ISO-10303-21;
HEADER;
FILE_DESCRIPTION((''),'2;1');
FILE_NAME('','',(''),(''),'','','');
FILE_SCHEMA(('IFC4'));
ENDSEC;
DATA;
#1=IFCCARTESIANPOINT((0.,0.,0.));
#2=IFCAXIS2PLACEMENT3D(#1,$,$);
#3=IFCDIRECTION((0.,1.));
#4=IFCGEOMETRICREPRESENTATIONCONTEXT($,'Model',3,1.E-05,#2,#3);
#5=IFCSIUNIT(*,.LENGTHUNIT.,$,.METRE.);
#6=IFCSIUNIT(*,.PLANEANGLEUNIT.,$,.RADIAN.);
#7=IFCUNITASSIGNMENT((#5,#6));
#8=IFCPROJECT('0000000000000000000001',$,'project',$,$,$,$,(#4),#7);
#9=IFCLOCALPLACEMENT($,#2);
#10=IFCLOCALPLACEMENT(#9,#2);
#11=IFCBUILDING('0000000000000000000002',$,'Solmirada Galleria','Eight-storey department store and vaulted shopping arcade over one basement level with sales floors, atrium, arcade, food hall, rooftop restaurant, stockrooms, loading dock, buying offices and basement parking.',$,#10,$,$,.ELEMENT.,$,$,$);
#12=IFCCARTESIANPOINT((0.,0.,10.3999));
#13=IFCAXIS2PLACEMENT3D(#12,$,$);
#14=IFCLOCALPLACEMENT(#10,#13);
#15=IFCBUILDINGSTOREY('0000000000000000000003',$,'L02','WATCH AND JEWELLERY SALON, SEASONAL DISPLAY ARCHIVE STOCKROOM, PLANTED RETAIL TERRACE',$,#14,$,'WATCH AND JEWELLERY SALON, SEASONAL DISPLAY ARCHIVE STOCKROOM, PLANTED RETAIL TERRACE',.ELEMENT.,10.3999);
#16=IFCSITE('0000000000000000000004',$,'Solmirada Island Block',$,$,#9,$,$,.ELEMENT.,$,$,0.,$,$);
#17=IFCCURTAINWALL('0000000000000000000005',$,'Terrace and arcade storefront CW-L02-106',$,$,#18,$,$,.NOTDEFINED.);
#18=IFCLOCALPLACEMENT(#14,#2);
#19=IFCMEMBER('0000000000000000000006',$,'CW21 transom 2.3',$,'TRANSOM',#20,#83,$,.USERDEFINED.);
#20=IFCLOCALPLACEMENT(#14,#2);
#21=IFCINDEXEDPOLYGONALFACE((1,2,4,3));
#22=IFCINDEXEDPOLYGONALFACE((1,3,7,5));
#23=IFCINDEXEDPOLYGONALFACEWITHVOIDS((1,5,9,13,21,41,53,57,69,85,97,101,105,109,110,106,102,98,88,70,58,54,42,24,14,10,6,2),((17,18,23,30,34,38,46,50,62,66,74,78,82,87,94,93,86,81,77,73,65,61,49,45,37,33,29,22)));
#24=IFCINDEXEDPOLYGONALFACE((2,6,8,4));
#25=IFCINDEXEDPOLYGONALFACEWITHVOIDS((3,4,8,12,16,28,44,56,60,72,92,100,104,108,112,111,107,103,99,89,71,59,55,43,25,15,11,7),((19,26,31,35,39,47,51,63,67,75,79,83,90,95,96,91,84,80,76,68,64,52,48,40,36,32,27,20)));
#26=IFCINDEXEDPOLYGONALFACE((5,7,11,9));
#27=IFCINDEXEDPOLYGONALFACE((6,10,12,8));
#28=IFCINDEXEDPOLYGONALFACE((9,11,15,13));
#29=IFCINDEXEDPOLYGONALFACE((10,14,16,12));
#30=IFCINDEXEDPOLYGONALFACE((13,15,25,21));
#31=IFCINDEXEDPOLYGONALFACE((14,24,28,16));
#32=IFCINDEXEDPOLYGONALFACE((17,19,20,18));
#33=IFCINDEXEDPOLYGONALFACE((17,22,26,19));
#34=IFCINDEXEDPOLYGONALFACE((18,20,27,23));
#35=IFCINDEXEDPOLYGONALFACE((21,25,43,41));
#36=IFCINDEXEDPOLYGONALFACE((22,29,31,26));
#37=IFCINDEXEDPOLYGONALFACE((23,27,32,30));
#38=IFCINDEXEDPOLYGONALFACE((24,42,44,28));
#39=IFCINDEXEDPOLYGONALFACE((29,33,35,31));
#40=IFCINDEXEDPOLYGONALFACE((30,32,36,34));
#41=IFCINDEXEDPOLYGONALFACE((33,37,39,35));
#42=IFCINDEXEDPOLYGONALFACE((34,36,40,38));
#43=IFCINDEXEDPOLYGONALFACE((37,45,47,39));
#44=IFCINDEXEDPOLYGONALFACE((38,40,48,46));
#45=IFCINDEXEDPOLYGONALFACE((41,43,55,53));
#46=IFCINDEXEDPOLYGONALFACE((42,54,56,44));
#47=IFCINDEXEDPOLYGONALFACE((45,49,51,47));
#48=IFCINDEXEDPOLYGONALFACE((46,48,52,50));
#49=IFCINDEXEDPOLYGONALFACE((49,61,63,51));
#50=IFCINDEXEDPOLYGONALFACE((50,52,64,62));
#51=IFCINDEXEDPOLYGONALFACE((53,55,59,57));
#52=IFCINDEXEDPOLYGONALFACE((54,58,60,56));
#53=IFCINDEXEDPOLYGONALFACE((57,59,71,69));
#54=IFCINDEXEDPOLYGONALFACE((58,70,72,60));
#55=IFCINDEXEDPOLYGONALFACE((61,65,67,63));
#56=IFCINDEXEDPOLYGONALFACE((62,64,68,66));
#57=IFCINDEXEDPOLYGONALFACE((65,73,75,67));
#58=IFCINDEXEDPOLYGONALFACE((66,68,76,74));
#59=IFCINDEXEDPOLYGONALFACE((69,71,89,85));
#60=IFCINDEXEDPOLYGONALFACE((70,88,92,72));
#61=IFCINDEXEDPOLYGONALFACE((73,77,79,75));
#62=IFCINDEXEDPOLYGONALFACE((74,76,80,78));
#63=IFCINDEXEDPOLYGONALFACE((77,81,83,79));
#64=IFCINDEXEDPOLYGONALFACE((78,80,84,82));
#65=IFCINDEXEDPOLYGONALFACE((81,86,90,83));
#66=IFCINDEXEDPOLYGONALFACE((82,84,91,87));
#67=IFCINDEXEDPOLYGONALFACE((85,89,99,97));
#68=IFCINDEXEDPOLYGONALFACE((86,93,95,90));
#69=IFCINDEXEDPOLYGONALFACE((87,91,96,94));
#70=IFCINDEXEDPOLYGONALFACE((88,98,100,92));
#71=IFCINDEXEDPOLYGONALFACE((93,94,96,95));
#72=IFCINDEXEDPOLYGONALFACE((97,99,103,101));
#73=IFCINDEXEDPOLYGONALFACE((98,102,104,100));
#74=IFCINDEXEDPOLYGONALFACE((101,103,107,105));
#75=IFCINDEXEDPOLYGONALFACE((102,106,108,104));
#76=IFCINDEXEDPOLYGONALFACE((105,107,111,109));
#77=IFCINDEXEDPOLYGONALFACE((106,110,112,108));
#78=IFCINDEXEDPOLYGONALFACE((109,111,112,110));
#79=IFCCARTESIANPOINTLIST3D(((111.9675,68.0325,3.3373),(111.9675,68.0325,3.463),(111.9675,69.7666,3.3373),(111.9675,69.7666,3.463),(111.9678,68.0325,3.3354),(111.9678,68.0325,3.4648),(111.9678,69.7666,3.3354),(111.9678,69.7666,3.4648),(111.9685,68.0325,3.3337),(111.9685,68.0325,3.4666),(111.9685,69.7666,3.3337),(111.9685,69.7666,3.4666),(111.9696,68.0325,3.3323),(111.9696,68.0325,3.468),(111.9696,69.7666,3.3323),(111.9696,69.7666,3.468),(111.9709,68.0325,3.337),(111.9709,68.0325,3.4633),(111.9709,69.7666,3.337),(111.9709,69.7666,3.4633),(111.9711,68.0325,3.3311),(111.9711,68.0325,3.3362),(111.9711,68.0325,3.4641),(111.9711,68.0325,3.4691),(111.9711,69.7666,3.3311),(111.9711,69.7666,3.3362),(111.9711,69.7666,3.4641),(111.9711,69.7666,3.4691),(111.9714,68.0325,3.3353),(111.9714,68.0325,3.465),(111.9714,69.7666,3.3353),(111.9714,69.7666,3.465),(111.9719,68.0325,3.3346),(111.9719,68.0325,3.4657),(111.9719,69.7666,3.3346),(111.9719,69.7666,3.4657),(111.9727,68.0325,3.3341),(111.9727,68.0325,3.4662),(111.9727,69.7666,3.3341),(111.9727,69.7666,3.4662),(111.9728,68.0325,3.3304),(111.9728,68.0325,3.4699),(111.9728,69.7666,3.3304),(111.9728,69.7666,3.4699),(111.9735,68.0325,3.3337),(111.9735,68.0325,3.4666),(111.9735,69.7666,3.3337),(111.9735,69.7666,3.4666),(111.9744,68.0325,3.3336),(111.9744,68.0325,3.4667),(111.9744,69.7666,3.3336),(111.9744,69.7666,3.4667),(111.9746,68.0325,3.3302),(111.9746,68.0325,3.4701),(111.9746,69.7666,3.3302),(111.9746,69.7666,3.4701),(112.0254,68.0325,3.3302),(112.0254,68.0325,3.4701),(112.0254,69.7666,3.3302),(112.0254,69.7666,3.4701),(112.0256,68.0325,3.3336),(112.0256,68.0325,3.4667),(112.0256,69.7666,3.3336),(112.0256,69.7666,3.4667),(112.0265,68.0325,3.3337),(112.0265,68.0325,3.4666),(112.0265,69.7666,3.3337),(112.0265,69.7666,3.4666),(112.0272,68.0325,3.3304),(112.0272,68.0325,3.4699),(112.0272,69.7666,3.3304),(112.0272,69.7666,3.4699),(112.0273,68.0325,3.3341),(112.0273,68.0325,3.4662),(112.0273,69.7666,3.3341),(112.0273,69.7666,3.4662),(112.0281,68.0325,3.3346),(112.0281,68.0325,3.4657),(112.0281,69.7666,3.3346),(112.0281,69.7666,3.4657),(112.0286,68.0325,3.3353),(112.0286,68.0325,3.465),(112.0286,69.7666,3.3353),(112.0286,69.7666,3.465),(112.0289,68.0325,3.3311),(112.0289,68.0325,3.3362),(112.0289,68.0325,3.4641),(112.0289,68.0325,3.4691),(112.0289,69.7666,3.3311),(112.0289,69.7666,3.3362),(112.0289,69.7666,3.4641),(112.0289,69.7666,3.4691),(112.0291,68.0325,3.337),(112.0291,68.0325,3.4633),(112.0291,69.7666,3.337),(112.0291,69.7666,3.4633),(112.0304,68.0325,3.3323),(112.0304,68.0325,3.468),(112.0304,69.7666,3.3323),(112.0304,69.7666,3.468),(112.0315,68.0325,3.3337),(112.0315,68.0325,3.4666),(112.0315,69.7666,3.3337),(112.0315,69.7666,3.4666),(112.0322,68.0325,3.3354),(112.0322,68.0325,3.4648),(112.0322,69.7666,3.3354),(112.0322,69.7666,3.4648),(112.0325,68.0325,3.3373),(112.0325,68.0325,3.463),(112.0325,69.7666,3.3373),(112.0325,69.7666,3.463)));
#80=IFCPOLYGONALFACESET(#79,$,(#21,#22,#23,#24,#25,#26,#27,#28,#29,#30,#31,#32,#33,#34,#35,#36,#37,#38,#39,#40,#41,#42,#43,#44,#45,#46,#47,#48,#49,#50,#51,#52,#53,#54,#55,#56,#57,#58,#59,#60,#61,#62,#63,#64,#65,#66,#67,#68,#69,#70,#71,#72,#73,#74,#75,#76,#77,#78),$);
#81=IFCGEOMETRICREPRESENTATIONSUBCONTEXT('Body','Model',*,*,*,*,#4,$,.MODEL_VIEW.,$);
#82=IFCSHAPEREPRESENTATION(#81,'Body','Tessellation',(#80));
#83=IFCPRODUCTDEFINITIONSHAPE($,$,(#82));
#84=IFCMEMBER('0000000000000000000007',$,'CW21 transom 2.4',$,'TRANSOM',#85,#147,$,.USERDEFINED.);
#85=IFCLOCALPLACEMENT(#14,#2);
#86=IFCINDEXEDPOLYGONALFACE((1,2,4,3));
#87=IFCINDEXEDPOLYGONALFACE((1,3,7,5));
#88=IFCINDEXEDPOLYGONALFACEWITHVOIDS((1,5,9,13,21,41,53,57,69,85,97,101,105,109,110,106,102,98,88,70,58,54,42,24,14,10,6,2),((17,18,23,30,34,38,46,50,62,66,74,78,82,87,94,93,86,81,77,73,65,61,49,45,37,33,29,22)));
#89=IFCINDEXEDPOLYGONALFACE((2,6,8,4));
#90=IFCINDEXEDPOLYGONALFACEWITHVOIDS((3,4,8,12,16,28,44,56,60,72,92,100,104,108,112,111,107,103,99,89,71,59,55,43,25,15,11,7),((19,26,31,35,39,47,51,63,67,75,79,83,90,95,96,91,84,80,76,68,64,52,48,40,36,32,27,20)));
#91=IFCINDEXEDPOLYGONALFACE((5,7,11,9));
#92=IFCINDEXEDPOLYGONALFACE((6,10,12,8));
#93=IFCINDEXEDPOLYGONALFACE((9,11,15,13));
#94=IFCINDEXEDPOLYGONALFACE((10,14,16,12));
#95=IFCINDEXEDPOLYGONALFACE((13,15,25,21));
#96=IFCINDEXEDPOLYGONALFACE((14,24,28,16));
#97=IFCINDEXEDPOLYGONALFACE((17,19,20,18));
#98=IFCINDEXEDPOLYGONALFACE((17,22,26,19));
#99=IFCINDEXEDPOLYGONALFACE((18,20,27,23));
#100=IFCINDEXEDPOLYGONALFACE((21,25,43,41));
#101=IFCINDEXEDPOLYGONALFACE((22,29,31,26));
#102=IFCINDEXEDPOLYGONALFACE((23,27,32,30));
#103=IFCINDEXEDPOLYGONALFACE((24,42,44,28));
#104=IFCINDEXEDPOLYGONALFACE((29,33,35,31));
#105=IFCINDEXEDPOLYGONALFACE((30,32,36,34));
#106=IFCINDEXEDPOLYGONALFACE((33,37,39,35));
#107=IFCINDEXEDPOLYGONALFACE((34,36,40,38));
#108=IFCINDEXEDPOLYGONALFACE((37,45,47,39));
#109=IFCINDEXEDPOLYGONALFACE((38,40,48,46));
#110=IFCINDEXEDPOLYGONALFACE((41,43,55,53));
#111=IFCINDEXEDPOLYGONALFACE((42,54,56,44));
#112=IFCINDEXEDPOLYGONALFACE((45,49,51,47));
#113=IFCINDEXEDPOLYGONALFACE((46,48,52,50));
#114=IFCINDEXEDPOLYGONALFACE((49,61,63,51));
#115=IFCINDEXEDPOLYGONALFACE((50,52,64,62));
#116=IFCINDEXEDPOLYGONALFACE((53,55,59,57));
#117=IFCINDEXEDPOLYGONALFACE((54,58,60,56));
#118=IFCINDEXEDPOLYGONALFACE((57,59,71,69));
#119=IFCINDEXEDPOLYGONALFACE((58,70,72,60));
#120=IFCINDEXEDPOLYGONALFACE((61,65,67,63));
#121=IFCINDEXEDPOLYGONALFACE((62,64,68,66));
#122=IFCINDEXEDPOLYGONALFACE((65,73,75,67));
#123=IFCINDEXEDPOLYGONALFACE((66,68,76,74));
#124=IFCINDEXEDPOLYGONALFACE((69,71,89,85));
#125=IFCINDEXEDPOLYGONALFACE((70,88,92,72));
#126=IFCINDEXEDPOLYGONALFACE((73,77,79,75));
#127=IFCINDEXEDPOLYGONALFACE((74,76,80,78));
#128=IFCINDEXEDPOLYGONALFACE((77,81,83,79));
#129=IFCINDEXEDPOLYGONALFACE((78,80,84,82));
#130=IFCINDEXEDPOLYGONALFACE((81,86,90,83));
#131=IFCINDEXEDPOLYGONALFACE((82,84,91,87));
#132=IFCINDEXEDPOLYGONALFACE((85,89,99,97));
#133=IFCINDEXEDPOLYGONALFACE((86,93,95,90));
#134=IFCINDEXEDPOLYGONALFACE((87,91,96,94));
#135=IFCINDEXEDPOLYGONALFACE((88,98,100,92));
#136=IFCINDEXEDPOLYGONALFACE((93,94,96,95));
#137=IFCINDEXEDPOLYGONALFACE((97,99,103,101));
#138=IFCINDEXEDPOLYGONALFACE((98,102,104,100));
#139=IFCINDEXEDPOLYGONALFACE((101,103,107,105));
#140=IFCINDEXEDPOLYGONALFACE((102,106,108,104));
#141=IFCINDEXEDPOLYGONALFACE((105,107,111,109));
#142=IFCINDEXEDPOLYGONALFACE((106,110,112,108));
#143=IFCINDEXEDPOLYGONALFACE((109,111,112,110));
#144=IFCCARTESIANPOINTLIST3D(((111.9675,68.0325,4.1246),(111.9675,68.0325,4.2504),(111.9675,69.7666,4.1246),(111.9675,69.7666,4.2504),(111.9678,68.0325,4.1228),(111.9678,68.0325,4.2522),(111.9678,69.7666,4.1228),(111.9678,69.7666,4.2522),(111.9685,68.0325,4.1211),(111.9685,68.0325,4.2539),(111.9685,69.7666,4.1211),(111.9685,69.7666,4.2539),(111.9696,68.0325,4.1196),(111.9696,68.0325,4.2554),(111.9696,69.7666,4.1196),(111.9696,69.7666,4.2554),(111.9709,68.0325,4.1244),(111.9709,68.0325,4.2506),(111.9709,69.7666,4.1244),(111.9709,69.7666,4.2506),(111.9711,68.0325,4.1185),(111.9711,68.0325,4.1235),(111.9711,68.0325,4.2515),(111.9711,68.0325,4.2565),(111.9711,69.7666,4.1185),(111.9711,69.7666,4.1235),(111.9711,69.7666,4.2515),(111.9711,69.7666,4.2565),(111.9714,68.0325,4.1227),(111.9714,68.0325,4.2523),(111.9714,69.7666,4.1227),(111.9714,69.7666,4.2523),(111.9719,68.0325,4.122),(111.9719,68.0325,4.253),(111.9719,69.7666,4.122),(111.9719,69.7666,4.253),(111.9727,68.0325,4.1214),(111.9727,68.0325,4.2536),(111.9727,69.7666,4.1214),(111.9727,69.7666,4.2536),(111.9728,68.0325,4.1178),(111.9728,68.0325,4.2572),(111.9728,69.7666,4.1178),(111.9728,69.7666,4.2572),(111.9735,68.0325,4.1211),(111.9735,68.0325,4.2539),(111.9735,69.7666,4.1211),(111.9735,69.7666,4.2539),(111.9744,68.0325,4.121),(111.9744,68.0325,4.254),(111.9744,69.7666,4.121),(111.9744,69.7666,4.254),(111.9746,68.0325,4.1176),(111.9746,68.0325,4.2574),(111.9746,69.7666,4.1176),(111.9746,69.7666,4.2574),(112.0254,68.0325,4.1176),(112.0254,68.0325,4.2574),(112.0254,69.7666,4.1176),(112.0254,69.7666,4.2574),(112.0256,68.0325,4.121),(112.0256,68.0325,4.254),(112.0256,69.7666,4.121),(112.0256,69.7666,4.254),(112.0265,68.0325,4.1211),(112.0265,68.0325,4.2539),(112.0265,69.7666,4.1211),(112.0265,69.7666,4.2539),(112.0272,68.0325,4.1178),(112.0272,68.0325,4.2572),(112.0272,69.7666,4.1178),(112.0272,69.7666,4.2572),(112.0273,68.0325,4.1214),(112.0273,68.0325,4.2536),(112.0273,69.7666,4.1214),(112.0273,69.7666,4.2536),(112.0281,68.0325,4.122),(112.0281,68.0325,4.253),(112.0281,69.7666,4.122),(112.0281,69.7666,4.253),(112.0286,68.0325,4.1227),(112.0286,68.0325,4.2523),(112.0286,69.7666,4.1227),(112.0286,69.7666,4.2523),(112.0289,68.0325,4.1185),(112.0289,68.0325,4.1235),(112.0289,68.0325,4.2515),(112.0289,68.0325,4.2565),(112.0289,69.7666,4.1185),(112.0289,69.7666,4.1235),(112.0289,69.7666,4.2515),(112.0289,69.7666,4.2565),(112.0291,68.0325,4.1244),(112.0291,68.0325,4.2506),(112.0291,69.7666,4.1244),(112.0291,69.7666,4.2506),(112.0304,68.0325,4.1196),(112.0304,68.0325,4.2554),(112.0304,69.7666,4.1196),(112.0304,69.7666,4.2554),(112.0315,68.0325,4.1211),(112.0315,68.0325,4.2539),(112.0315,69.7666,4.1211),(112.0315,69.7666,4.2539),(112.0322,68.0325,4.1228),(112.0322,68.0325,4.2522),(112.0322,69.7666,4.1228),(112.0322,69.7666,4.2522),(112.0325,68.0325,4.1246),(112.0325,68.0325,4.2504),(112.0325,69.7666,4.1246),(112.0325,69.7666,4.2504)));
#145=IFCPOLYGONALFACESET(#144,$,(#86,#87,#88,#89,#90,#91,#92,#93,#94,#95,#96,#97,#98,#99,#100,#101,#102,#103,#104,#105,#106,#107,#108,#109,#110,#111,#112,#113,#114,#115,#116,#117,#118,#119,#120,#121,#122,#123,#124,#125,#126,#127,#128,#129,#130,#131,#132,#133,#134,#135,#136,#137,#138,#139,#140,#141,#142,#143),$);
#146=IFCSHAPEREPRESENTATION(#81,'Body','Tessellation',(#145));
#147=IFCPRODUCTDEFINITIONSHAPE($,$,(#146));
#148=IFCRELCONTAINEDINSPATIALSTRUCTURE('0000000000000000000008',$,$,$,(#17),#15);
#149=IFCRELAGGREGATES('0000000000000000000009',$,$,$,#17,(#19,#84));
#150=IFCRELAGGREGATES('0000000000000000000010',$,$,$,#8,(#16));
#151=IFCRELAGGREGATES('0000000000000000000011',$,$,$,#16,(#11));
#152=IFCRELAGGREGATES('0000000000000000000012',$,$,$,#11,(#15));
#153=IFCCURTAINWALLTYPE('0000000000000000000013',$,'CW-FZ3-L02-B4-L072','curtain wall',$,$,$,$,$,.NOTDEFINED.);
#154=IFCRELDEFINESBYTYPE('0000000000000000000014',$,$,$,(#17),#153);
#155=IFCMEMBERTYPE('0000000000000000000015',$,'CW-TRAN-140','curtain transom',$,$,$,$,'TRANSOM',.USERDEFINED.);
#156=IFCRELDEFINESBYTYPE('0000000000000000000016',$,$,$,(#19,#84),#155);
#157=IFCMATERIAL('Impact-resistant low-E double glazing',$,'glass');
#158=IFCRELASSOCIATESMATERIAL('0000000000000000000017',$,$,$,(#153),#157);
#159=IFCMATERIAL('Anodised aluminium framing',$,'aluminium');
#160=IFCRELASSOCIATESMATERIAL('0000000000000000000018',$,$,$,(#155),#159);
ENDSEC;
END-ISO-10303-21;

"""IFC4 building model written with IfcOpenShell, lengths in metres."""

from ifc_helpers import new_model, si_unit, direction, frame, origin, origin_2d, place, context, subcontext, project, spatial, hollow_rectangle, extrude, material, material_profile, profile_set, type_object, element, aggregate, save


model = new_model("IFC4")

# Units and contexts
model_context = context("Model", 3, precision=1e-05, world=origin(), true_north=direction((0.0, 1.0)))
body_context = subcontext(model_context, "Body", "Model", "MODEL_VIEW")
ifc_project = project(units=[si_unit("LENGTHUNIT", "METRE"), si_unit("PLANEANGLEUNIT", "RADIAN")], contexts=[model_context])

# Site, building, storey
site_placement = place(None, origin())
site = spatial("IfcSite", under=ifc_project, at=site_placement, Name="Solmirada Island Block", CompositionType="ELEMENT", RefElevation=0.0)
building_placement = place(site_placement, origin())
building = spatial("IfcBuilding", under=site, at=building_placement, Name="Solmirada Galleria", Description="Eight-storey department store and vaulted shopping arcade over one basement level with sales floors, atrium, arcade, food hall, rooftop restaurant, stockrooms, loading dock, buying offices and basement parking.", CompositionType="ELEMENT")
storey_placement = place(building_placement, frame((0.0, 0.0, 10.3999)))
storey = spatial("IfcBuildingStorey", under=building, at=storey_placement, Name="L02", Description="WATCH AND JEWELLERY SALON, SEASONAL DISPLAY ARCHIVE STOCKROOM, PLANTED RETAIL TERRACE", LongName="WATCH AND JEWELLERY SALON, SEASONAL DISPLAY ARCHIVE STOCKROOM, PLANTED RETAIL TERRACE", CompositionType="ELEMENT", Elevation=10.3999)

# Curtain wall, members
ifc_material_1 = material(Name="Impact-resistant low-E double glazing", Category="glass")
curtain_wall_type = type_object("IfcCurtainWallType", Name="CW-FZ3-L02-B4-L072", Description="curtain wall", PredefinedType="NOTDEFINED", material=ifc_material_1)
curtain_wall_1_placement = place(storey_placement, origin())
curtain_wall_1 = element("IfcCurtainWall", 1, at=curtain_wall_1_placement, inside=storey, type_object=curtain_wall_type, Name="Terrace and arcade storefront CW-L02-106", PredefinedType="NOTDEFINED")
ifc_material_2 = material(Name="Anodised aluminium framing", Category="aluminium")
ifc_material_profile_1 = material_profile(ifc_material_2, hollow_rectangle(XDim=0.0649, YDim=0.1399, WallThickness=0.0034, InnerFilletRadius=0.0034, OuterFilletRadius=0.0071, at=origin_2d()), Name="ALU-TRAN-140X65")
ifc_profile_set_1 = profile_set([ifc_material_profile_1], Name="Anodised aluminium framing")
member_type_1 = type_object("IfcMemberType", Name="CW-TRAN-140", Description="curtain transom", ElementType="TRANSOM", PredefinedType="USERDEFINED", material=ifc_profile_set_1)
member_1_placement = place(storey_placement, frame((112.0, 69.7666, 3.4001), z_axis=(0.0, -1.0, 0.0), x_axis=(1.0, 0.0, 0.0)))
member_1 = element("IfcMember", 2, at=member_1_placement, type_object=member_type_1, Name="CW21 transom 2.3", ObjectType="TRANSOM", PredefinedType="USERDEFINED", context=body_context, shape_type="SweptSolid", body=[
    extrude(hollow_rectangle(XDim=0.0649, YDim=0.1399, WallThickness=0.0034, InnerFilletRadius=0.0034, OuterFilletRadius=0.0071, at=origin_2d()), origin(), (0.0, 0.0, 1.0), 1.7341),
])
member_2_placement = place(storey_placement, frame((112.0, 69.7666, 4.1875), z_axis=(0.0, -1.0, 0.0), x_axis=(1.0, 0.0, 0.0)))
member_2 = element("IfcMember", 3, at=member_2_placement, type_object=member_type_1, Name="CW21 transom 2.4", ObjectType="TRANSOM", PredefinedType="USERDEFINED", context=body_context, shape_type="SweptSolid", body=[
    extrude(hollow_rectangle(XDim=0.0649, YDim=0.1399, WallThickness=0.0034, InnerFilletRadius=0.0034, OuterFilletRadius=0.0071, at=origin_2d()), origin(), (0.0, 0.0, 1.0), 1.7341),
])

aggregate(curtain_wall_1, [member_1, member_2])

save(model, "model.ifc")
